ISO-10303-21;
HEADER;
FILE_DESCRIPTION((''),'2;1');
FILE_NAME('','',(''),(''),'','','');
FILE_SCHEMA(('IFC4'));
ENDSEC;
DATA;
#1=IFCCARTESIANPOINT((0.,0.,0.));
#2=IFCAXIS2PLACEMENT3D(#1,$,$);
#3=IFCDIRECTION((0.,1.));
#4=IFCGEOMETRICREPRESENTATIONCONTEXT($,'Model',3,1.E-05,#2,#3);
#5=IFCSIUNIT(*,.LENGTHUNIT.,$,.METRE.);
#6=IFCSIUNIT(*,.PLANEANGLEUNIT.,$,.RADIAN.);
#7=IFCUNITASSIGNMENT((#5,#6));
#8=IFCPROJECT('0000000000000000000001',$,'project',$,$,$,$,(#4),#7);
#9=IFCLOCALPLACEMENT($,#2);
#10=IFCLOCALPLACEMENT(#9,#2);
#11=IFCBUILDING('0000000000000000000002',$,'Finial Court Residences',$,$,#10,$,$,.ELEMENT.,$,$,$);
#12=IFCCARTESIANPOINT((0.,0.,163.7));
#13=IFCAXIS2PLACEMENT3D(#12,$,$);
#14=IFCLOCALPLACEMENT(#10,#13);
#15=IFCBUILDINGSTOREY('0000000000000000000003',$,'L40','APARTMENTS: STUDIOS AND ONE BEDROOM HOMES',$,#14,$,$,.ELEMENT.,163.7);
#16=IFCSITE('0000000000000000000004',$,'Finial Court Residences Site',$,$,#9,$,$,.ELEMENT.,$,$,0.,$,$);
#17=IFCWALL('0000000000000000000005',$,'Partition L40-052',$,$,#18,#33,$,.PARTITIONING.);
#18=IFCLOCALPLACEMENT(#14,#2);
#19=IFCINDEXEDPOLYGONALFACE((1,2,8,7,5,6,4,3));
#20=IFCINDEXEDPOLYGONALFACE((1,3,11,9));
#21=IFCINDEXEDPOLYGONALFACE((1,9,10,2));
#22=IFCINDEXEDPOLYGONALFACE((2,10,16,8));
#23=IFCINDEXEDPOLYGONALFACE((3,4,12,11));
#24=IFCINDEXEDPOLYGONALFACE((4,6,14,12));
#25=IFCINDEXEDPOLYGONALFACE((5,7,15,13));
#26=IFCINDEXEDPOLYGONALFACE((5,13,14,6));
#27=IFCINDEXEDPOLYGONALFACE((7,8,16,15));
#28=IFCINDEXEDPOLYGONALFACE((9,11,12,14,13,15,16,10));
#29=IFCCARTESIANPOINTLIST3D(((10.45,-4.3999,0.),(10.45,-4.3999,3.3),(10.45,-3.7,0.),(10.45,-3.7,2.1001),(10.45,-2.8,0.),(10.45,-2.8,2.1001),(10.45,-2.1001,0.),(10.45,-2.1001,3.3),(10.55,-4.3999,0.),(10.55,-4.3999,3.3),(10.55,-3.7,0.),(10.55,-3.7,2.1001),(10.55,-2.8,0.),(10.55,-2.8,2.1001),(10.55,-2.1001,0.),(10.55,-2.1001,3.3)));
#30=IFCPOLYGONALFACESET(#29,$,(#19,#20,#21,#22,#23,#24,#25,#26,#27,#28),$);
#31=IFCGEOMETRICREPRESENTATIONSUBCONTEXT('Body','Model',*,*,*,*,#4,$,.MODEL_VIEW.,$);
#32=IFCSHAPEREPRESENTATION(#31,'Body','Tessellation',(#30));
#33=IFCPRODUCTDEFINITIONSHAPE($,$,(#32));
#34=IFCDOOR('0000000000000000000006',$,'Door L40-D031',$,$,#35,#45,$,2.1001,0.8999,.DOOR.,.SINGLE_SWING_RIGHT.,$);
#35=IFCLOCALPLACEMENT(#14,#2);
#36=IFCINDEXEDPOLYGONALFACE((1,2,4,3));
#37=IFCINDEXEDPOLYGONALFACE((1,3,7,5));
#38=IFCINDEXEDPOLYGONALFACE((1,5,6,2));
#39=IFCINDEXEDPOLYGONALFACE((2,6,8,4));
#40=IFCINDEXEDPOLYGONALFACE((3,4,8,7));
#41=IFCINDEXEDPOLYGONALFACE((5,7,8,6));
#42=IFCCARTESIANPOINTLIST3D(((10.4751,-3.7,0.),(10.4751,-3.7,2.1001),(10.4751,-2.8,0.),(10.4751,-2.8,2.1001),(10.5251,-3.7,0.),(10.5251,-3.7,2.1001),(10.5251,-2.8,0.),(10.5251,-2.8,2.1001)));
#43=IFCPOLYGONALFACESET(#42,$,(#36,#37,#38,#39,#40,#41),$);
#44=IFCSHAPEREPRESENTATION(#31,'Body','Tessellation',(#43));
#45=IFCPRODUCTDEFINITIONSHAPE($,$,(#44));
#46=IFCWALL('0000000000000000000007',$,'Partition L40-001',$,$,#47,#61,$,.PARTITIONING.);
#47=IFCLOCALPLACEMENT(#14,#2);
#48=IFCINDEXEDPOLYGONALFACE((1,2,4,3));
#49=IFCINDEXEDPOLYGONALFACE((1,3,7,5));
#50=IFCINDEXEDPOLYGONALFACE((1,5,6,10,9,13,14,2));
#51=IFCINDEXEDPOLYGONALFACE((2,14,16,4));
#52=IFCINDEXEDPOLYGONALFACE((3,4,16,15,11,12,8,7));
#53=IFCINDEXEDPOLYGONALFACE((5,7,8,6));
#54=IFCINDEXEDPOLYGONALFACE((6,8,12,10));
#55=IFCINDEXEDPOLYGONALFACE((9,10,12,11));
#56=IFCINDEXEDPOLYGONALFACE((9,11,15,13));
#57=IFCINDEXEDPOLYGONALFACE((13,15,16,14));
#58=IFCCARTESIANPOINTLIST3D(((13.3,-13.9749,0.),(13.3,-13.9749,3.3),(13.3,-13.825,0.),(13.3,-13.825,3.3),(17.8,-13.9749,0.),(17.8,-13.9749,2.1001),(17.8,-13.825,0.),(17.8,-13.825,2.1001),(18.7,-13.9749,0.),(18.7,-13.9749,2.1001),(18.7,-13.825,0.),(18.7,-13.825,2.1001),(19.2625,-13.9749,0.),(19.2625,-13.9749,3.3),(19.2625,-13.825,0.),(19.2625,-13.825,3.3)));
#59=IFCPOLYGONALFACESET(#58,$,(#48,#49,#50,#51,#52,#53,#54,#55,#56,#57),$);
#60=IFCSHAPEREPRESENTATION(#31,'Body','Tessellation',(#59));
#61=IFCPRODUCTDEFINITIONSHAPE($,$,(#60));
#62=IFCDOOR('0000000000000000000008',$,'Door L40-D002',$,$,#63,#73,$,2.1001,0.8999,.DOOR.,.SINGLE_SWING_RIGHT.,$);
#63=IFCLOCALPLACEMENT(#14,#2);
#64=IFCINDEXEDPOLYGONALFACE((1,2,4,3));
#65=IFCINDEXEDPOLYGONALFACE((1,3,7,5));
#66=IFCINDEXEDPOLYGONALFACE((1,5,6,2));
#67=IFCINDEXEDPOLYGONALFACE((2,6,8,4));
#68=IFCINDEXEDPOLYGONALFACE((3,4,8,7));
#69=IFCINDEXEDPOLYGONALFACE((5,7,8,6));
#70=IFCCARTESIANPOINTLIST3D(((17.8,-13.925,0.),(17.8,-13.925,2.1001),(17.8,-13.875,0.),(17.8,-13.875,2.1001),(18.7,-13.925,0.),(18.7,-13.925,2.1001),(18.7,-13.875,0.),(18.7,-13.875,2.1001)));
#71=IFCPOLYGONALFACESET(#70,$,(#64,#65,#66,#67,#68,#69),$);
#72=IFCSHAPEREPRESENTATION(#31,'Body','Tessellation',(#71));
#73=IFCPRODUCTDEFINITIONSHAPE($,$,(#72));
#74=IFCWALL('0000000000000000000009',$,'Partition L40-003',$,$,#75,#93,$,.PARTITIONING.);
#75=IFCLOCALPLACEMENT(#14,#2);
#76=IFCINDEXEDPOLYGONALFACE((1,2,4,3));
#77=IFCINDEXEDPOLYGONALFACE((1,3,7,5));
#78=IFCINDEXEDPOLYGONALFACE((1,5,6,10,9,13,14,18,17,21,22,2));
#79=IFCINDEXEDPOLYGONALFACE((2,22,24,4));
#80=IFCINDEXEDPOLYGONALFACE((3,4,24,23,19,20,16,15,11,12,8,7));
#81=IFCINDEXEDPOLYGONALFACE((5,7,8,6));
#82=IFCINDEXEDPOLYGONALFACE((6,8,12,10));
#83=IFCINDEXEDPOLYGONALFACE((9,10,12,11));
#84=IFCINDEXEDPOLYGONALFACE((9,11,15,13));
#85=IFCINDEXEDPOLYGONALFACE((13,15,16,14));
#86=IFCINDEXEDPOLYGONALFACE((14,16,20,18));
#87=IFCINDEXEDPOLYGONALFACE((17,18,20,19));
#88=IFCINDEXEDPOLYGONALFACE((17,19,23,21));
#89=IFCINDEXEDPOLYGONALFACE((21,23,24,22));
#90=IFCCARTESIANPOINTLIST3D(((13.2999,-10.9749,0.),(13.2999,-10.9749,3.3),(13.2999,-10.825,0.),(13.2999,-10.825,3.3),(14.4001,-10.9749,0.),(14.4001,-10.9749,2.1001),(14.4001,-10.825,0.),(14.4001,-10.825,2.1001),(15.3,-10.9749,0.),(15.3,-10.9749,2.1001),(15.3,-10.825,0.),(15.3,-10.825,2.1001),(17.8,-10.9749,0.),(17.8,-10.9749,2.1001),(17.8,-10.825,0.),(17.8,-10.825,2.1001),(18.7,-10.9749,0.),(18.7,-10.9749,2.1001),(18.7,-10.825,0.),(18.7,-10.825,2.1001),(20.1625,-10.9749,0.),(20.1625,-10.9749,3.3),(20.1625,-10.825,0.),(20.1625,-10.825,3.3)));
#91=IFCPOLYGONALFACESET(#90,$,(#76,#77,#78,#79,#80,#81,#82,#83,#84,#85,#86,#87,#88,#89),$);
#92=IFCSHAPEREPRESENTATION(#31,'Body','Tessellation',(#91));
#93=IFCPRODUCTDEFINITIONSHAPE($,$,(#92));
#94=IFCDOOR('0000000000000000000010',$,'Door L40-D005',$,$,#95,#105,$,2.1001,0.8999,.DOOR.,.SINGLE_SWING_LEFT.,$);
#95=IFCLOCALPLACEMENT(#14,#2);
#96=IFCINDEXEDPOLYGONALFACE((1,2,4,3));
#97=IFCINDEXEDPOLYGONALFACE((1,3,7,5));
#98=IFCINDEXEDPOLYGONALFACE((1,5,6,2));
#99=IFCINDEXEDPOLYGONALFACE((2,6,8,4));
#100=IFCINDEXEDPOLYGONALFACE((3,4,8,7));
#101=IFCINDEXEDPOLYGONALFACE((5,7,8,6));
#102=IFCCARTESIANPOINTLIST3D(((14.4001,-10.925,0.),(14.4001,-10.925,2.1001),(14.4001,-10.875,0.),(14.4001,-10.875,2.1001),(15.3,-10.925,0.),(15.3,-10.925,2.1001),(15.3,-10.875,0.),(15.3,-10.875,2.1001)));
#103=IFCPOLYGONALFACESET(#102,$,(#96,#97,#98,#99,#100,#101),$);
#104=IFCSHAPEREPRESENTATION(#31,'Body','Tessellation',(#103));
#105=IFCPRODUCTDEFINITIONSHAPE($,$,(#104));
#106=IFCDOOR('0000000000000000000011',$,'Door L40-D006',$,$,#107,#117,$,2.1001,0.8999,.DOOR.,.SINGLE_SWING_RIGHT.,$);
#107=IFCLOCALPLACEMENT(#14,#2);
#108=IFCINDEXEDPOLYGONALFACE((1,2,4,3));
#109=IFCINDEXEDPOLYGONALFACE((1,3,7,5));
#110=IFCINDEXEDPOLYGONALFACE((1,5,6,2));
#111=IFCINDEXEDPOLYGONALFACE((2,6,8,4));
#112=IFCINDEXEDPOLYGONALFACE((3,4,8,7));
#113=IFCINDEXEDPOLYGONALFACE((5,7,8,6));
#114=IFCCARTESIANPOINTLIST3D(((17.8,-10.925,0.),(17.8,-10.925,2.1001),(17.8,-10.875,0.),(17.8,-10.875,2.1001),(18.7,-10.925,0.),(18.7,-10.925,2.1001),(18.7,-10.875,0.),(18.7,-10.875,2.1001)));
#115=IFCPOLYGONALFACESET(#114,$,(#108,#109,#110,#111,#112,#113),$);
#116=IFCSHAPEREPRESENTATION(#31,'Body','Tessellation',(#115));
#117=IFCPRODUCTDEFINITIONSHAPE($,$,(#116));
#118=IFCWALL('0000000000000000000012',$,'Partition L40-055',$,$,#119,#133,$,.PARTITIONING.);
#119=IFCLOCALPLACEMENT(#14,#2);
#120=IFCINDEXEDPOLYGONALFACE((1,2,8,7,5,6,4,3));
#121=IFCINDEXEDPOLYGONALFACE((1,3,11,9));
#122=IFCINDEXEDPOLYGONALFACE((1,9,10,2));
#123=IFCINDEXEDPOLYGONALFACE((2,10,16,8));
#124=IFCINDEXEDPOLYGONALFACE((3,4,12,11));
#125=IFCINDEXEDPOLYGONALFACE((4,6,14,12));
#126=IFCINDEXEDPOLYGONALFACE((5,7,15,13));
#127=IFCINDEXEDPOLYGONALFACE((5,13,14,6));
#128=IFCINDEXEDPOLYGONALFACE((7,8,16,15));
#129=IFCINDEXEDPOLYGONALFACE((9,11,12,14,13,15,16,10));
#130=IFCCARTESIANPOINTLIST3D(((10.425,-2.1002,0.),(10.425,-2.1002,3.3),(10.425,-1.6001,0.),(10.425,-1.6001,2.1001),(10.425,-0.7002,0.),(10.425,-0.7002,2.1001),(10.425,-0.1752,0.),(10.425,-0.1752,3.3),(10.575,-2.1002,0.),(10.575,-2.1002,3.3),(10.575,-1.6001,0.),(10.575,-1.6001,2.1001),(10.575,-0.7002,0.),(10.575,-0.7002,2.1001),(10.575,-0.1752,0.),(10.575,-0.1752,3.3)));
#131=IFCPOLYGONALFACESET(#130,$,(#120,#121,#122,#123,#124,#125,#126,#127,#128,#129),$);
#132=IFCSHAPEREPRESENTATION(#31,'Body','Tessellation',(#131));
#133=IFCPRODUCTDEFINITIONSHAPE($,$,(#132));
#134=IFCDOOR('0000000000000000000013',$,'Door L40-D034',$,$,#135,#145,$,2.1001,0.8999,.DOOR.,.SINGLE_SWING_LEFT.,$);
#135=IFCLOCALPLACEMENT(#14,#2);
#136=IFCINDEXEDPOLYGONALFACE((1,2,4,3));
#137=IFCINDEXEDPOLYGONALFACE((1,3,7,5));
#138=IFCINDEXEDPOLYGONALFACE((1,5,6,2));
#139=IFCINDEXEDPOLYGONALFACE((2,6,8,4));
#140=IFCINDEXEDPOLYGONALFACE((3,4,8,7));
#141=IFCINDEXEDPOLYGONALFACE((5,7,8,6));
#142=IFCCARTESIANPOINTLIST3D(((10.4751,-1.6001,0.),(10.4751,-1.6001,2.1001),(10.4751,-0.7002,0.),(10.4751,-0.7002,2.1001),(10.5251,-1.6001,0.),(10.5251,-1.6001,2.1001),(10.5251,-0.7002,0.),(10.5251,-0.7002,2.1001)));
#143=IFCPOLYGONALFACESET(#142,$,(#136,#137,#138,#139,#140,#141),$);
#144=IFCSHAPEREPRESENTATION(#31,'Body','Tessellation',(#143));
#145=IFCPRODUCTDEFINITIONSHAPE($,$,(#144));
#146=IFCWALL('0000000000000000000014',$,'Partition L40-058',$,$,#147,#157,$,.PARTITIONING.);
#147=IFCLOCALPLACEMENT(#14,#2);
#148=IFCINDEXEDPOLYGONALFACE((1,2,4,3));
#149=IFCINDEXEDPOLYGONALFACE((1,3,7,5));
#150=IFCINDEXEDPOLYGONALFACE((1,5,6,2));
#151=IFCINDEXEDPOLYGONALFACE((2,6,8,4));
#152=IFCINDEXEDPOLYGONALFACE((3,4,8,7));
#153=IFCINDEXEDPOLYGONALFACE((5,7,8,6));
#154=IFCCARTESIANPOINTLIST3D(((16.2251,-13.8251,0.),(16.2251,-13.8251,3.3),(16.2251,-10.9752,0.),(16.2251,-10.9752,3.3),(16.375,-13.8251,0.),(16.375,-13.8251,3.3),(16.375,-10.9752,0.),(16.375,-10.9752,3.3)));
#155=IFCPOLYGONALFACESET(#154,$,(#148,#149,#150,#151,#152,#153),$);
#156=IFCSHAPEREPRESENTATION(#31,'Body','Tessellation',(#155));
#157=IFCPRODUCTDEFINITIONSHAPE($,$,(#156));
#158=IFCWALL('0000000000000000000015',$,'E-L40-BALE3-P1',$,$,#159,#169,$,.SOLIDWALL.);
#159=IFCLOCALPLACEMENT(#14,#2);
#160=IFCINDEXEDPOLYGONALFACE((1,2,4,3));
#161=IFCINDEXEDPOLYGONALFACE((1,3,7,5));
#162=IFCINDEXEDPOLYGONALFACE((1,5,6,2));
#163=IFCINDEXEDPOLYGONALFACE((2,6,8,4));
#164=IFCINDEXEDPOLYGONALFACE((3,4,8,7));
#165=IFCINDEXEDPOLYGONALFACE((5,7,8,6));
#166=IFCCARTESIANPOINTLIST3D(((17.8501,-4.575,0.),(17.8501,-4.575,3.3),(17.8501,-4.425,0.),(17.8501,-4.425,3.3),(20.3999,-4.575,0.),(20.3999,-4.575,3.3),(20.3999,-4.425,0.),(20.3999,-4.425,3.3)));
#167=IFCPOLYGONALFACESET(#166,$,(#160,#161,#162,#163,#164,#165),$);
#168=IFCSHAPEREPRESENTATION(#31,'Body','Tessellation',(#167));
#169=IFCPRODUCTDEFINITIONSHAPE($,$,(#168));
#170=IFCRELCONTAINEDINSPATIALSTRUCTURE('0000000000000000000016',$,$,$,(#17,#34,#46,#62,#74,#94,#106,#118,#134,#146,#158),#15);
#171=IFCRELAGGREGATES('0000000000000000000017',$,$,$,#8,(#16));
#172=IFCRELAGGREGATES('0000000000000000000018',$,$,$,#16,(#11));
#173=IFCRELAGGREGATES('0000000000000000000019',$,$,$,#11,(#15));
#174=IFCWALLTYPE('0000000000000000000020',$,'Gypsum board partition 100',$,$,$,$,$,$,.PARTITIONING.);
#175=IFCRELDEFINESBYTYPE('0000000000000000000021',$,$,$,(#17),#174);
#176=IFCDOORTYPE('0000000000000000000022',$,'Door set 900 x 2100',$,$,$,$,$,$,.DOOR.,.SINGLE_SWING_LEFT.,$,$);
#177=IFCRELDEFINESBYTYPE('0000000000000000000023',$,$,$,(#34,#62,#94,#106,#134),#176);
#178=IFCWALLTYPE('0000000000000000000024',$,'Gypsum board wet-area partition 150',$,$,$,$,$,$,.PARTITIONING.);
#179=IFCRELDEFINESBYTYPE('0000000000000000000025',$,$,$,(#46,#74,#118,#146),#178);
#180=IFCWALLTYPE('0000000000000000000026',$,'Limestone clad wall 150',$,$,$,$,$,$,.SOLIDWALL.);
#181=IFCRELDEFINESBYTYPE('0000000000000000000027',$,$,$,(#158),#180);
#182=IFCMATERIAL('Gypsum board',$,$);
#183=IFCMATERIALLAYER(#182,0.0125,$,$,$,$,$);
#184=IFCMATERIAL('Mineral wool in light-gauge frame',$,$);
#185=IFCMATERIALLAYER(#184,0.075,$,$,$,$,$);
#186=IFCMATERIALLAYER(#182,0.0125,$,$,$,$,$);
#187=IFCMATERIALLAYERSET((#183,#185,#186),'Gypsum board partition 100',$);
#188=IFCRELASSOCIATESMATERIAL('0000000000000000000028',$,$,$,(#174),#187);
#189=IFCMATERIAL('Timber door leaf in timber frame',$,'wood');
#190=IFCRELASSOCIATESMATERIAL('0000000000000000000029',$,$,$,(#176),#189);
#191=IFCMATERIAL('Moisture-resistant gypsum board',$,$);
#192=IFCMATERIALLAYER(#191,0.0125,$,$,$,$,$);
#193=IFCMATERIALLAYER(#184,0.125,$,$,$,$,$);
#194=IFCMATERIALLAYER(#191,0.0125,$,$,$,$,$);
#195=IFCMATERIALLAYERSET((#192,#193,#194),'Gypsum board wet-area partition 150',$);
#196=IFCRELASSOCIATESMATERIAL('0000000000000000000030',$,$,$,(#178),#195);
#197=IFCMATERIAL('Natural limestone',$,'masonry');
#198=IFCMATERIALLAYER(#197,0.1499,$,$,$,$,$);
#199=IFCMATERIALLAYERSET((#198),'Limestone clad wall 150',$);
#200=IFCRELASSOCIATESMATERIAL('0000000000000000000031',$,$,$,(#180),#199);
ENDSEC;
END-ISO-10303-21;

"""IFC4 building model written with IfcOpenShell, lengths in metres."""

from ifc_helpers import new_model, si_unit, direction, frame, frame_2d, origin, place, context, subcontext, project, spatial, rectangle, extrude, material, layer, layer_set, type_object, element, fill, save


model = new_model("IFC4")

# Units and contexts
model_context = context("Model", 3, precision=1e-05, world=origin(), true_north=direction((0.0, 1.0)))
body_context = subcontext(model_context, "Body", "Model", "MODEL_VIEW")
ifc_project = project(units=[si_unit("LENGTHUNIT", "METRE"), si_unit("PLANEANGLEUNIT", "RADIAN")], contexts=[model_context])

# Site, building, storey
site_placement = place(None, origin())
site = spatial("IfcSite", under=ifc_project, at=site_placement, Name="Finial Court Residences Site", CompositionType="ELEMENT", RefElevation=0.0)
building_placement = place(site_placement, origin())
building = spatial("IfcBuilding", under=site, at=building_placement, Name="Finial Court Residences", CompositionType="ELEMENT")
storey_placement = place(building_placement, frame((0.0, 0.0, 163.7)))
storey = spatial("IfcBuildingStorey", under=building, at=storey_placement, Name="L40", Description="APARTMENTS: STUDIOS AND ONE BEDROOM HOMES", CompositionType="ELEMENT", Elevation=163.7)

# Walls, openings, doors
ifc_material_1 = material(Name="Gypsum board")
ifc_layer_1 = layer(ifc_material_1, 0.0125)
ifc_material_2 = material(Name="Mineral wool in light-gauge frame")
ifc_layer_2 = layer(ifc_material_2, 0.075)
ifc_layer_3 = layer(ifc_material_1, 0.0125)
ifc_layer_set_1 = layer_set([ifc_layer_1, ifc_layer_2, ifc_layer_3], Name="Gypsum board partition 100")
wall_type_1 = type_object("IfcWallType", Name="Gypsum board partition 100", PredefinedType="PARTITIONING", material=ifc_layer_set_1)
wall_1_placement = place(storey_placement, frame((10.5, -4.3999, 0.0), z_axis=(0.0, 0.0, 1.0), x_axis=(0.0, 1.0, 0.0)))
wall_1 = element("IfcWall", 1, at=wall_1_placement, inside=storey, type_object=wall_type_1, Name="Partition L40-052", PredefinedType="PARTITIONING", context=body_context, shape_type="SweptSolid", body=[
    extrude(rectangle(XDim=2.2998, YDim=0.1001, at=frame_2d((1.1499, 0.0))), origin(), (0.0, 0.0, 1.0), 3.3),
])
opening_1_placement = place(wall_1_placement, frame((0.7, 0.0, 0.0)))
opening_1 = element("IfcOpeningElement", 2, at=opening_1_placement, cuts=wall_1, PredefinedType="OPENING", context=body_context, shape_type="SweptSolid", body=[
    extrude(rectangle(XDim=0.8999, YDim=2.1001, at=frame_2d((0.45, 1.05))), frame((0.0, 0.0601, 0.0), z_axis=(0.0, -1.0, 0.0), x_axis=(1.0, 0.0, 0.0)), (0.0, 0.0, 1.0), 0.1201),
])
ifc_material_3 = material(Name="Timber door leaf in timber frame", Category="wood")
door_type_1 = type_object("IfcDoorType", Name="Door set 900 x 2100", OperationType="SINGLE_SWING_LEFT", PredefinedType="DOOR", material=ifc_material_3)
door_1_placement = place(opening_1_placement, origin())
door_1 = element("IfcDoor", 3, at=door_1_placement, inside=storey, type_object=door_type_1, Name="Door L40-D031", OperationType="SINGLE_SWING_RIGHT", OverallHeight=2.1001, OverallWidth=0.8999, PredefinedType="DOOR", context=body_context, shape_type="SweptSolid", body=[
    extrude(rectangle(XDim=0.8999, YDim=2.1001, at=frame_2d((0.45, 1.05))), frame((0.0, 0.0249, 0.0), z_axis=(0.0, -1.0, 0.0), x_axis=(1.0, 0.0, 0.0)), (0.0, 0.0, 1.0), 0.05),
])
fill(opening_1, door_1)
ifc_material_4 = material(Name="Moisture-resistant gypsum board")
ifc_layer_4 = layer(ifc_material_4, 0.0125)
ifc_layer_5 = layer(ifc_material_2, 0.125)
ifc_layer_6 = layer(ifc_material_4, 0.0125)
ifc_layer_set_2 = layer_set([ifc_layer_4, ifc_layer_5, ifc_layer_6], Name="Gypsum board wet-area partition 150")
wall_type_2 = type_object("IfcWallType", Name="Gypsum board wet-area partition 150", PredefinedType="PARTITIONING", material=ifc_layer_set_2)
wall_2_placement = place(storey_placement, frame((13.3, -13.8999, 0.0), z_axis=(0.0, 0.0, 1.0), x_axis=(1.0, 0.0, 0.0)))
wall_2 = element("IfcWall", 4, at=wall_2_placement, inside=storey, type_object=wall_type_2, Name="Partition L40-001", PredefinedType="PARTITIONING", context=body_context, shape_type="SweptSolid", body=[
    extrude(rectangle(XDim=5.9624, YDim=0.1499, at=frame_2d((2.9812, 0.0))), origin(), (0.0, 0.0, 1.0), 3.3),
])
opening_2_placement = place(wall_2_placement, frame((4.5, 0.0, 0.0)))
opening_2 = element("IfcOpeningElement", 5, at=opening_2_placement, cuts=wall_2, PredefinedType="OPENING", context=body_context, shape_type="SweptSolid", body=[
    extrude(rectangle(XDim=0.8999, YDim=2.1001, at=frame_2d((0.45, 1.05))), frame((0.0, 0.085, 0.0), z_axis=(0.0, -1.0, 0.0), x_axis=(1.0, 0.0, 0.0)), (0.0, 0.0, 1.0), 0.1699),
])
door_2_placement = place(opening_2_placement, origin())
door_2 = element("IfcDoor", 6, at=door_2_placement, inside=storey, type_object=door_type_1, Name="Door L40-D002", OperationType="SINGLE_SWING_RIGHT", OverallHeight=2.1001, OverallWidth=0.8999, PredefinedType="DOOR", context=body_context, shape_type="SweptSolid", body=[
    extrude(rectangle(XDim=0.8999, YDim=2.1001, at=frame_2d((0.45, 1.05))), frame((0.0, 0.0249, 0.0), z_axis=(0.0, -1.0, 0.0), x_axis=(1.0, 0.0, 0.0)), (0.0, 0.0, 1.0), 0.05),
])
fill(opening_2, door_2)

# Wall, openings, doors
wall_3_placement = place(storey_placement, frame((13.3, -10.8999, 0.0), z_axis=(0.0, 0.0, 1.0), x_axis=(1.0, 0.0, 0.0)))
wall_3 = element("IfcWall", 7, at=wall_3_placement, inside=storey, type_object=wall_type_2, Name="Partition L40-003", PredefinedType="PARTITIONING", context=body_context, shape_type="SweptSolid", body=[
    extrude(rectangle(XDim=6.8625, YDim=0.1499, at=frame_2d((3.4312, 0.0))), origin(), (0.0, 0.0, 1.0), 3.3),
])
opening_3_placement = place(wall_3_placement, frame((1.1001, 0.0, 0.0)))
opening_3 = element("IfcOpeningElement", 8, at=opening_3_placement, cuts=wall_3, PredefinedType="OPENING", context=body_context, shape_type="SweptSolid", body=[
    extrude(rectangle(XDim=0.8999, YDim=2.1001, at=frame_2d((0.45, 1.05))), frame((0.0, 0.085, 0.0), z_axis=(0.0, -1.0, 0.0), x_axis=(1.0, 0.0, 0.0)), (0.0, 0.0, 1.0), 0.1699),
])
opening_4_placement = place(wall_3_placement, frame((4.5, 0.0, 0.0)))
opening_4 = element("IfcOpeningElement", 9, at=opening_4_placement, cuts=wall_3, PredefinedType="OPENING", context=body_context, shape_type="SweptSolid", body=[
    extrude(rectangle(XDim=0.8999, YDim=2.1001, at=frame_2d((0.45, 1.05))), frame((0.0, 0.085, 0.0), z_axis=(0.0, -1.0, 0.0), x_axis=(1.0, 0.0, 0.0)), (0.0, 0.0, 1.0), 0.1699),
])
door_3_placement = place(opening_3_placement, origin())
door_3 = element("IfcDoor", 10, at=door_3_placement, inside=storey, type_object=door_type_1, Name="Door L40-D005", OperationType="SINGLE_SWING_LEFT", OverallHeight=2.1001, OverallWidth=0.8999, PredefinedType="DOOR", context=body_context, shape_type="SweptSolid", body=[
    extrude(rectangle(XDim=0.8999, YDim=2.1001, at=frame_2d((0.45, 1.05))), frame((0.0, 0.0249, 0.0), z_axis=(0.0, -1.0, 0.0), x_axis=(1.0, 0.0, 0.0)), (0.0, 0.0, 1.0), 0.05),
])
fill(opening_3, door_3)
door_4_placement = place(opening_4_placement, origin())
door_4 = element("IfcDoor", 11, at=door_4_placement, inside=storey, type_object=door_type_1, Name="Door L40-D006", OperationType="SINGLE_SWING_RIGHT", OverallHeight=2.1001, OverallWidth=0.8999, PredefinedType="DOOR", context=body_context, shape_type="SweptSolid", body=[
    extrude(rectangle(XDim=0.8999, YDim=2.1001, at=frame_2d((0.45, 1.05))), frame((0.0, 0.0249, 0.0), z_axis=(0.0, -1.0, 0.0), x_axis=(1.0, 0.0, 0.0)), (0.0, 0.0, 1.0), 0.05),
])
fill(opening_4, door_4)

# Wall, opening, door
wall_4_placement = place(storey_placement, frame((10.5, -2.1001, 0.0), z_axis=(0.0, 0.0, 1.0), x_axis=(0.0, 1.0, 0.0)))
wall_4 = element("IfcWall", 12, at=wall_4_placement, inside=storey, type_object=wall_type_2, Name="Partition L40-055", PredefinedType="PARTITIONING", context=body_context, shape_type="SweptSolid", body=[
    extrude(rectangle(XDim=1.925, YDim=0.1499, at=frame_2d((0.9624, 0.0))), origin(), (0.0, 0.0, 1.0), 3.3),
])
opening_5_placement = place(wall_4_placement, frame((0.5, 0.0, 0.0)))
opening_5 = element("IfcOpeningElement", 13, at=opening_5_placement, cuts=wall_4, PredefinedType="OPENING", context=body_context, shape_type="SweptSolid", body=[
    extrude(rectangle(XDim=0.8999, YDim=2.1001, at=frame_2d((0.45, 1.05))), frame((0.0, 0.085, 0.0), z_axis=(0.0, -1.0, 0.0), x_axis=(1.0, 0.0, 0.0)), (0.0, 0.0, 1.0), 0.1699),
])
door_5_placement = place(opening_5_placement, origin())
door_5 = element("IfcDoor", 14, at=door_5_placement, inside=storey, type_object=door_type_1, Name="Door L40-D034", OperationType="SINGLE_SWING_LEFT", OverallHeight=2.1001, OverallWidth=0.8999, PredefinedType="DOOR", context=body_context, shape_type="SweptSolid", body=[
    extrude(rectangle(XDim=0.8999, YDim=2.1001, at=frame_2d((0.45, 1.05))), frame((0.0, 0.0249, 0.0), z_axis=(0.0, -1.0, 0.0), x_axis=(1.0, 0.0, 0.0)), (0.0, 0.0, 1.0), 0.05),
])
fill(opening_5, door_5)

# Walls
wall_5_placement = place(storey_placement, frame((16.3, -13.825, 0.0), z_axis=(0.0, 0.0, 1.0), x_axis=(0.0, 1.0, 0.0)))
element("IfcWall", 15, at=wall_5_placement, inside=storey, type_object=wall_type_2, Name="Partition L40-058", PredefinedType="PARTITIONING", context=body_context, shape_type="SweptSolid", body=[
    extrude(rectangle(XDim=2.8499, YDim=0.1499, at=frame_2d((1.4248, 0.0))), origin(), (0.0, 0.0, 1.0), 3.3),
])
ifc_material_5 = material(Name="Natural limestone", Category="masonry")
ifc_layer_7 = layer(ifc_material_5, 0.1499)
ifc_layer_set_3 = layer_set([ifc_layer_7], Name="Limestone clad wall 150")
wall_type_3 = type_object("IfcWallType", Name="Limestone clad wall 150", PredefinedType="SOLIDWALL", material=ifc_layer_set_3)
wall_6_placement = place(storey_placement, frame((17.8501, -4.5, 0.0), z_axis=(0.0, 0.0, 1.0), x_axis=(1.0, 0.0, 0.0)))
element("IfcWall", 16, at=wall_6_placement, inside=storey, type_object=wall_type_3, Name="E-L40-BALE3-P1", PredefinedType="SOLIDWALL", context=body_context, shape_type="SweptSolid", body=[
    extrude(rectangle(XDim=2.5498, YDim=0.1499, at=frame_2d((1.2749, 0.0))), origin(), (0.0, 0.0, 1.0), 3.3),
])

save(model, "model.ifc")
